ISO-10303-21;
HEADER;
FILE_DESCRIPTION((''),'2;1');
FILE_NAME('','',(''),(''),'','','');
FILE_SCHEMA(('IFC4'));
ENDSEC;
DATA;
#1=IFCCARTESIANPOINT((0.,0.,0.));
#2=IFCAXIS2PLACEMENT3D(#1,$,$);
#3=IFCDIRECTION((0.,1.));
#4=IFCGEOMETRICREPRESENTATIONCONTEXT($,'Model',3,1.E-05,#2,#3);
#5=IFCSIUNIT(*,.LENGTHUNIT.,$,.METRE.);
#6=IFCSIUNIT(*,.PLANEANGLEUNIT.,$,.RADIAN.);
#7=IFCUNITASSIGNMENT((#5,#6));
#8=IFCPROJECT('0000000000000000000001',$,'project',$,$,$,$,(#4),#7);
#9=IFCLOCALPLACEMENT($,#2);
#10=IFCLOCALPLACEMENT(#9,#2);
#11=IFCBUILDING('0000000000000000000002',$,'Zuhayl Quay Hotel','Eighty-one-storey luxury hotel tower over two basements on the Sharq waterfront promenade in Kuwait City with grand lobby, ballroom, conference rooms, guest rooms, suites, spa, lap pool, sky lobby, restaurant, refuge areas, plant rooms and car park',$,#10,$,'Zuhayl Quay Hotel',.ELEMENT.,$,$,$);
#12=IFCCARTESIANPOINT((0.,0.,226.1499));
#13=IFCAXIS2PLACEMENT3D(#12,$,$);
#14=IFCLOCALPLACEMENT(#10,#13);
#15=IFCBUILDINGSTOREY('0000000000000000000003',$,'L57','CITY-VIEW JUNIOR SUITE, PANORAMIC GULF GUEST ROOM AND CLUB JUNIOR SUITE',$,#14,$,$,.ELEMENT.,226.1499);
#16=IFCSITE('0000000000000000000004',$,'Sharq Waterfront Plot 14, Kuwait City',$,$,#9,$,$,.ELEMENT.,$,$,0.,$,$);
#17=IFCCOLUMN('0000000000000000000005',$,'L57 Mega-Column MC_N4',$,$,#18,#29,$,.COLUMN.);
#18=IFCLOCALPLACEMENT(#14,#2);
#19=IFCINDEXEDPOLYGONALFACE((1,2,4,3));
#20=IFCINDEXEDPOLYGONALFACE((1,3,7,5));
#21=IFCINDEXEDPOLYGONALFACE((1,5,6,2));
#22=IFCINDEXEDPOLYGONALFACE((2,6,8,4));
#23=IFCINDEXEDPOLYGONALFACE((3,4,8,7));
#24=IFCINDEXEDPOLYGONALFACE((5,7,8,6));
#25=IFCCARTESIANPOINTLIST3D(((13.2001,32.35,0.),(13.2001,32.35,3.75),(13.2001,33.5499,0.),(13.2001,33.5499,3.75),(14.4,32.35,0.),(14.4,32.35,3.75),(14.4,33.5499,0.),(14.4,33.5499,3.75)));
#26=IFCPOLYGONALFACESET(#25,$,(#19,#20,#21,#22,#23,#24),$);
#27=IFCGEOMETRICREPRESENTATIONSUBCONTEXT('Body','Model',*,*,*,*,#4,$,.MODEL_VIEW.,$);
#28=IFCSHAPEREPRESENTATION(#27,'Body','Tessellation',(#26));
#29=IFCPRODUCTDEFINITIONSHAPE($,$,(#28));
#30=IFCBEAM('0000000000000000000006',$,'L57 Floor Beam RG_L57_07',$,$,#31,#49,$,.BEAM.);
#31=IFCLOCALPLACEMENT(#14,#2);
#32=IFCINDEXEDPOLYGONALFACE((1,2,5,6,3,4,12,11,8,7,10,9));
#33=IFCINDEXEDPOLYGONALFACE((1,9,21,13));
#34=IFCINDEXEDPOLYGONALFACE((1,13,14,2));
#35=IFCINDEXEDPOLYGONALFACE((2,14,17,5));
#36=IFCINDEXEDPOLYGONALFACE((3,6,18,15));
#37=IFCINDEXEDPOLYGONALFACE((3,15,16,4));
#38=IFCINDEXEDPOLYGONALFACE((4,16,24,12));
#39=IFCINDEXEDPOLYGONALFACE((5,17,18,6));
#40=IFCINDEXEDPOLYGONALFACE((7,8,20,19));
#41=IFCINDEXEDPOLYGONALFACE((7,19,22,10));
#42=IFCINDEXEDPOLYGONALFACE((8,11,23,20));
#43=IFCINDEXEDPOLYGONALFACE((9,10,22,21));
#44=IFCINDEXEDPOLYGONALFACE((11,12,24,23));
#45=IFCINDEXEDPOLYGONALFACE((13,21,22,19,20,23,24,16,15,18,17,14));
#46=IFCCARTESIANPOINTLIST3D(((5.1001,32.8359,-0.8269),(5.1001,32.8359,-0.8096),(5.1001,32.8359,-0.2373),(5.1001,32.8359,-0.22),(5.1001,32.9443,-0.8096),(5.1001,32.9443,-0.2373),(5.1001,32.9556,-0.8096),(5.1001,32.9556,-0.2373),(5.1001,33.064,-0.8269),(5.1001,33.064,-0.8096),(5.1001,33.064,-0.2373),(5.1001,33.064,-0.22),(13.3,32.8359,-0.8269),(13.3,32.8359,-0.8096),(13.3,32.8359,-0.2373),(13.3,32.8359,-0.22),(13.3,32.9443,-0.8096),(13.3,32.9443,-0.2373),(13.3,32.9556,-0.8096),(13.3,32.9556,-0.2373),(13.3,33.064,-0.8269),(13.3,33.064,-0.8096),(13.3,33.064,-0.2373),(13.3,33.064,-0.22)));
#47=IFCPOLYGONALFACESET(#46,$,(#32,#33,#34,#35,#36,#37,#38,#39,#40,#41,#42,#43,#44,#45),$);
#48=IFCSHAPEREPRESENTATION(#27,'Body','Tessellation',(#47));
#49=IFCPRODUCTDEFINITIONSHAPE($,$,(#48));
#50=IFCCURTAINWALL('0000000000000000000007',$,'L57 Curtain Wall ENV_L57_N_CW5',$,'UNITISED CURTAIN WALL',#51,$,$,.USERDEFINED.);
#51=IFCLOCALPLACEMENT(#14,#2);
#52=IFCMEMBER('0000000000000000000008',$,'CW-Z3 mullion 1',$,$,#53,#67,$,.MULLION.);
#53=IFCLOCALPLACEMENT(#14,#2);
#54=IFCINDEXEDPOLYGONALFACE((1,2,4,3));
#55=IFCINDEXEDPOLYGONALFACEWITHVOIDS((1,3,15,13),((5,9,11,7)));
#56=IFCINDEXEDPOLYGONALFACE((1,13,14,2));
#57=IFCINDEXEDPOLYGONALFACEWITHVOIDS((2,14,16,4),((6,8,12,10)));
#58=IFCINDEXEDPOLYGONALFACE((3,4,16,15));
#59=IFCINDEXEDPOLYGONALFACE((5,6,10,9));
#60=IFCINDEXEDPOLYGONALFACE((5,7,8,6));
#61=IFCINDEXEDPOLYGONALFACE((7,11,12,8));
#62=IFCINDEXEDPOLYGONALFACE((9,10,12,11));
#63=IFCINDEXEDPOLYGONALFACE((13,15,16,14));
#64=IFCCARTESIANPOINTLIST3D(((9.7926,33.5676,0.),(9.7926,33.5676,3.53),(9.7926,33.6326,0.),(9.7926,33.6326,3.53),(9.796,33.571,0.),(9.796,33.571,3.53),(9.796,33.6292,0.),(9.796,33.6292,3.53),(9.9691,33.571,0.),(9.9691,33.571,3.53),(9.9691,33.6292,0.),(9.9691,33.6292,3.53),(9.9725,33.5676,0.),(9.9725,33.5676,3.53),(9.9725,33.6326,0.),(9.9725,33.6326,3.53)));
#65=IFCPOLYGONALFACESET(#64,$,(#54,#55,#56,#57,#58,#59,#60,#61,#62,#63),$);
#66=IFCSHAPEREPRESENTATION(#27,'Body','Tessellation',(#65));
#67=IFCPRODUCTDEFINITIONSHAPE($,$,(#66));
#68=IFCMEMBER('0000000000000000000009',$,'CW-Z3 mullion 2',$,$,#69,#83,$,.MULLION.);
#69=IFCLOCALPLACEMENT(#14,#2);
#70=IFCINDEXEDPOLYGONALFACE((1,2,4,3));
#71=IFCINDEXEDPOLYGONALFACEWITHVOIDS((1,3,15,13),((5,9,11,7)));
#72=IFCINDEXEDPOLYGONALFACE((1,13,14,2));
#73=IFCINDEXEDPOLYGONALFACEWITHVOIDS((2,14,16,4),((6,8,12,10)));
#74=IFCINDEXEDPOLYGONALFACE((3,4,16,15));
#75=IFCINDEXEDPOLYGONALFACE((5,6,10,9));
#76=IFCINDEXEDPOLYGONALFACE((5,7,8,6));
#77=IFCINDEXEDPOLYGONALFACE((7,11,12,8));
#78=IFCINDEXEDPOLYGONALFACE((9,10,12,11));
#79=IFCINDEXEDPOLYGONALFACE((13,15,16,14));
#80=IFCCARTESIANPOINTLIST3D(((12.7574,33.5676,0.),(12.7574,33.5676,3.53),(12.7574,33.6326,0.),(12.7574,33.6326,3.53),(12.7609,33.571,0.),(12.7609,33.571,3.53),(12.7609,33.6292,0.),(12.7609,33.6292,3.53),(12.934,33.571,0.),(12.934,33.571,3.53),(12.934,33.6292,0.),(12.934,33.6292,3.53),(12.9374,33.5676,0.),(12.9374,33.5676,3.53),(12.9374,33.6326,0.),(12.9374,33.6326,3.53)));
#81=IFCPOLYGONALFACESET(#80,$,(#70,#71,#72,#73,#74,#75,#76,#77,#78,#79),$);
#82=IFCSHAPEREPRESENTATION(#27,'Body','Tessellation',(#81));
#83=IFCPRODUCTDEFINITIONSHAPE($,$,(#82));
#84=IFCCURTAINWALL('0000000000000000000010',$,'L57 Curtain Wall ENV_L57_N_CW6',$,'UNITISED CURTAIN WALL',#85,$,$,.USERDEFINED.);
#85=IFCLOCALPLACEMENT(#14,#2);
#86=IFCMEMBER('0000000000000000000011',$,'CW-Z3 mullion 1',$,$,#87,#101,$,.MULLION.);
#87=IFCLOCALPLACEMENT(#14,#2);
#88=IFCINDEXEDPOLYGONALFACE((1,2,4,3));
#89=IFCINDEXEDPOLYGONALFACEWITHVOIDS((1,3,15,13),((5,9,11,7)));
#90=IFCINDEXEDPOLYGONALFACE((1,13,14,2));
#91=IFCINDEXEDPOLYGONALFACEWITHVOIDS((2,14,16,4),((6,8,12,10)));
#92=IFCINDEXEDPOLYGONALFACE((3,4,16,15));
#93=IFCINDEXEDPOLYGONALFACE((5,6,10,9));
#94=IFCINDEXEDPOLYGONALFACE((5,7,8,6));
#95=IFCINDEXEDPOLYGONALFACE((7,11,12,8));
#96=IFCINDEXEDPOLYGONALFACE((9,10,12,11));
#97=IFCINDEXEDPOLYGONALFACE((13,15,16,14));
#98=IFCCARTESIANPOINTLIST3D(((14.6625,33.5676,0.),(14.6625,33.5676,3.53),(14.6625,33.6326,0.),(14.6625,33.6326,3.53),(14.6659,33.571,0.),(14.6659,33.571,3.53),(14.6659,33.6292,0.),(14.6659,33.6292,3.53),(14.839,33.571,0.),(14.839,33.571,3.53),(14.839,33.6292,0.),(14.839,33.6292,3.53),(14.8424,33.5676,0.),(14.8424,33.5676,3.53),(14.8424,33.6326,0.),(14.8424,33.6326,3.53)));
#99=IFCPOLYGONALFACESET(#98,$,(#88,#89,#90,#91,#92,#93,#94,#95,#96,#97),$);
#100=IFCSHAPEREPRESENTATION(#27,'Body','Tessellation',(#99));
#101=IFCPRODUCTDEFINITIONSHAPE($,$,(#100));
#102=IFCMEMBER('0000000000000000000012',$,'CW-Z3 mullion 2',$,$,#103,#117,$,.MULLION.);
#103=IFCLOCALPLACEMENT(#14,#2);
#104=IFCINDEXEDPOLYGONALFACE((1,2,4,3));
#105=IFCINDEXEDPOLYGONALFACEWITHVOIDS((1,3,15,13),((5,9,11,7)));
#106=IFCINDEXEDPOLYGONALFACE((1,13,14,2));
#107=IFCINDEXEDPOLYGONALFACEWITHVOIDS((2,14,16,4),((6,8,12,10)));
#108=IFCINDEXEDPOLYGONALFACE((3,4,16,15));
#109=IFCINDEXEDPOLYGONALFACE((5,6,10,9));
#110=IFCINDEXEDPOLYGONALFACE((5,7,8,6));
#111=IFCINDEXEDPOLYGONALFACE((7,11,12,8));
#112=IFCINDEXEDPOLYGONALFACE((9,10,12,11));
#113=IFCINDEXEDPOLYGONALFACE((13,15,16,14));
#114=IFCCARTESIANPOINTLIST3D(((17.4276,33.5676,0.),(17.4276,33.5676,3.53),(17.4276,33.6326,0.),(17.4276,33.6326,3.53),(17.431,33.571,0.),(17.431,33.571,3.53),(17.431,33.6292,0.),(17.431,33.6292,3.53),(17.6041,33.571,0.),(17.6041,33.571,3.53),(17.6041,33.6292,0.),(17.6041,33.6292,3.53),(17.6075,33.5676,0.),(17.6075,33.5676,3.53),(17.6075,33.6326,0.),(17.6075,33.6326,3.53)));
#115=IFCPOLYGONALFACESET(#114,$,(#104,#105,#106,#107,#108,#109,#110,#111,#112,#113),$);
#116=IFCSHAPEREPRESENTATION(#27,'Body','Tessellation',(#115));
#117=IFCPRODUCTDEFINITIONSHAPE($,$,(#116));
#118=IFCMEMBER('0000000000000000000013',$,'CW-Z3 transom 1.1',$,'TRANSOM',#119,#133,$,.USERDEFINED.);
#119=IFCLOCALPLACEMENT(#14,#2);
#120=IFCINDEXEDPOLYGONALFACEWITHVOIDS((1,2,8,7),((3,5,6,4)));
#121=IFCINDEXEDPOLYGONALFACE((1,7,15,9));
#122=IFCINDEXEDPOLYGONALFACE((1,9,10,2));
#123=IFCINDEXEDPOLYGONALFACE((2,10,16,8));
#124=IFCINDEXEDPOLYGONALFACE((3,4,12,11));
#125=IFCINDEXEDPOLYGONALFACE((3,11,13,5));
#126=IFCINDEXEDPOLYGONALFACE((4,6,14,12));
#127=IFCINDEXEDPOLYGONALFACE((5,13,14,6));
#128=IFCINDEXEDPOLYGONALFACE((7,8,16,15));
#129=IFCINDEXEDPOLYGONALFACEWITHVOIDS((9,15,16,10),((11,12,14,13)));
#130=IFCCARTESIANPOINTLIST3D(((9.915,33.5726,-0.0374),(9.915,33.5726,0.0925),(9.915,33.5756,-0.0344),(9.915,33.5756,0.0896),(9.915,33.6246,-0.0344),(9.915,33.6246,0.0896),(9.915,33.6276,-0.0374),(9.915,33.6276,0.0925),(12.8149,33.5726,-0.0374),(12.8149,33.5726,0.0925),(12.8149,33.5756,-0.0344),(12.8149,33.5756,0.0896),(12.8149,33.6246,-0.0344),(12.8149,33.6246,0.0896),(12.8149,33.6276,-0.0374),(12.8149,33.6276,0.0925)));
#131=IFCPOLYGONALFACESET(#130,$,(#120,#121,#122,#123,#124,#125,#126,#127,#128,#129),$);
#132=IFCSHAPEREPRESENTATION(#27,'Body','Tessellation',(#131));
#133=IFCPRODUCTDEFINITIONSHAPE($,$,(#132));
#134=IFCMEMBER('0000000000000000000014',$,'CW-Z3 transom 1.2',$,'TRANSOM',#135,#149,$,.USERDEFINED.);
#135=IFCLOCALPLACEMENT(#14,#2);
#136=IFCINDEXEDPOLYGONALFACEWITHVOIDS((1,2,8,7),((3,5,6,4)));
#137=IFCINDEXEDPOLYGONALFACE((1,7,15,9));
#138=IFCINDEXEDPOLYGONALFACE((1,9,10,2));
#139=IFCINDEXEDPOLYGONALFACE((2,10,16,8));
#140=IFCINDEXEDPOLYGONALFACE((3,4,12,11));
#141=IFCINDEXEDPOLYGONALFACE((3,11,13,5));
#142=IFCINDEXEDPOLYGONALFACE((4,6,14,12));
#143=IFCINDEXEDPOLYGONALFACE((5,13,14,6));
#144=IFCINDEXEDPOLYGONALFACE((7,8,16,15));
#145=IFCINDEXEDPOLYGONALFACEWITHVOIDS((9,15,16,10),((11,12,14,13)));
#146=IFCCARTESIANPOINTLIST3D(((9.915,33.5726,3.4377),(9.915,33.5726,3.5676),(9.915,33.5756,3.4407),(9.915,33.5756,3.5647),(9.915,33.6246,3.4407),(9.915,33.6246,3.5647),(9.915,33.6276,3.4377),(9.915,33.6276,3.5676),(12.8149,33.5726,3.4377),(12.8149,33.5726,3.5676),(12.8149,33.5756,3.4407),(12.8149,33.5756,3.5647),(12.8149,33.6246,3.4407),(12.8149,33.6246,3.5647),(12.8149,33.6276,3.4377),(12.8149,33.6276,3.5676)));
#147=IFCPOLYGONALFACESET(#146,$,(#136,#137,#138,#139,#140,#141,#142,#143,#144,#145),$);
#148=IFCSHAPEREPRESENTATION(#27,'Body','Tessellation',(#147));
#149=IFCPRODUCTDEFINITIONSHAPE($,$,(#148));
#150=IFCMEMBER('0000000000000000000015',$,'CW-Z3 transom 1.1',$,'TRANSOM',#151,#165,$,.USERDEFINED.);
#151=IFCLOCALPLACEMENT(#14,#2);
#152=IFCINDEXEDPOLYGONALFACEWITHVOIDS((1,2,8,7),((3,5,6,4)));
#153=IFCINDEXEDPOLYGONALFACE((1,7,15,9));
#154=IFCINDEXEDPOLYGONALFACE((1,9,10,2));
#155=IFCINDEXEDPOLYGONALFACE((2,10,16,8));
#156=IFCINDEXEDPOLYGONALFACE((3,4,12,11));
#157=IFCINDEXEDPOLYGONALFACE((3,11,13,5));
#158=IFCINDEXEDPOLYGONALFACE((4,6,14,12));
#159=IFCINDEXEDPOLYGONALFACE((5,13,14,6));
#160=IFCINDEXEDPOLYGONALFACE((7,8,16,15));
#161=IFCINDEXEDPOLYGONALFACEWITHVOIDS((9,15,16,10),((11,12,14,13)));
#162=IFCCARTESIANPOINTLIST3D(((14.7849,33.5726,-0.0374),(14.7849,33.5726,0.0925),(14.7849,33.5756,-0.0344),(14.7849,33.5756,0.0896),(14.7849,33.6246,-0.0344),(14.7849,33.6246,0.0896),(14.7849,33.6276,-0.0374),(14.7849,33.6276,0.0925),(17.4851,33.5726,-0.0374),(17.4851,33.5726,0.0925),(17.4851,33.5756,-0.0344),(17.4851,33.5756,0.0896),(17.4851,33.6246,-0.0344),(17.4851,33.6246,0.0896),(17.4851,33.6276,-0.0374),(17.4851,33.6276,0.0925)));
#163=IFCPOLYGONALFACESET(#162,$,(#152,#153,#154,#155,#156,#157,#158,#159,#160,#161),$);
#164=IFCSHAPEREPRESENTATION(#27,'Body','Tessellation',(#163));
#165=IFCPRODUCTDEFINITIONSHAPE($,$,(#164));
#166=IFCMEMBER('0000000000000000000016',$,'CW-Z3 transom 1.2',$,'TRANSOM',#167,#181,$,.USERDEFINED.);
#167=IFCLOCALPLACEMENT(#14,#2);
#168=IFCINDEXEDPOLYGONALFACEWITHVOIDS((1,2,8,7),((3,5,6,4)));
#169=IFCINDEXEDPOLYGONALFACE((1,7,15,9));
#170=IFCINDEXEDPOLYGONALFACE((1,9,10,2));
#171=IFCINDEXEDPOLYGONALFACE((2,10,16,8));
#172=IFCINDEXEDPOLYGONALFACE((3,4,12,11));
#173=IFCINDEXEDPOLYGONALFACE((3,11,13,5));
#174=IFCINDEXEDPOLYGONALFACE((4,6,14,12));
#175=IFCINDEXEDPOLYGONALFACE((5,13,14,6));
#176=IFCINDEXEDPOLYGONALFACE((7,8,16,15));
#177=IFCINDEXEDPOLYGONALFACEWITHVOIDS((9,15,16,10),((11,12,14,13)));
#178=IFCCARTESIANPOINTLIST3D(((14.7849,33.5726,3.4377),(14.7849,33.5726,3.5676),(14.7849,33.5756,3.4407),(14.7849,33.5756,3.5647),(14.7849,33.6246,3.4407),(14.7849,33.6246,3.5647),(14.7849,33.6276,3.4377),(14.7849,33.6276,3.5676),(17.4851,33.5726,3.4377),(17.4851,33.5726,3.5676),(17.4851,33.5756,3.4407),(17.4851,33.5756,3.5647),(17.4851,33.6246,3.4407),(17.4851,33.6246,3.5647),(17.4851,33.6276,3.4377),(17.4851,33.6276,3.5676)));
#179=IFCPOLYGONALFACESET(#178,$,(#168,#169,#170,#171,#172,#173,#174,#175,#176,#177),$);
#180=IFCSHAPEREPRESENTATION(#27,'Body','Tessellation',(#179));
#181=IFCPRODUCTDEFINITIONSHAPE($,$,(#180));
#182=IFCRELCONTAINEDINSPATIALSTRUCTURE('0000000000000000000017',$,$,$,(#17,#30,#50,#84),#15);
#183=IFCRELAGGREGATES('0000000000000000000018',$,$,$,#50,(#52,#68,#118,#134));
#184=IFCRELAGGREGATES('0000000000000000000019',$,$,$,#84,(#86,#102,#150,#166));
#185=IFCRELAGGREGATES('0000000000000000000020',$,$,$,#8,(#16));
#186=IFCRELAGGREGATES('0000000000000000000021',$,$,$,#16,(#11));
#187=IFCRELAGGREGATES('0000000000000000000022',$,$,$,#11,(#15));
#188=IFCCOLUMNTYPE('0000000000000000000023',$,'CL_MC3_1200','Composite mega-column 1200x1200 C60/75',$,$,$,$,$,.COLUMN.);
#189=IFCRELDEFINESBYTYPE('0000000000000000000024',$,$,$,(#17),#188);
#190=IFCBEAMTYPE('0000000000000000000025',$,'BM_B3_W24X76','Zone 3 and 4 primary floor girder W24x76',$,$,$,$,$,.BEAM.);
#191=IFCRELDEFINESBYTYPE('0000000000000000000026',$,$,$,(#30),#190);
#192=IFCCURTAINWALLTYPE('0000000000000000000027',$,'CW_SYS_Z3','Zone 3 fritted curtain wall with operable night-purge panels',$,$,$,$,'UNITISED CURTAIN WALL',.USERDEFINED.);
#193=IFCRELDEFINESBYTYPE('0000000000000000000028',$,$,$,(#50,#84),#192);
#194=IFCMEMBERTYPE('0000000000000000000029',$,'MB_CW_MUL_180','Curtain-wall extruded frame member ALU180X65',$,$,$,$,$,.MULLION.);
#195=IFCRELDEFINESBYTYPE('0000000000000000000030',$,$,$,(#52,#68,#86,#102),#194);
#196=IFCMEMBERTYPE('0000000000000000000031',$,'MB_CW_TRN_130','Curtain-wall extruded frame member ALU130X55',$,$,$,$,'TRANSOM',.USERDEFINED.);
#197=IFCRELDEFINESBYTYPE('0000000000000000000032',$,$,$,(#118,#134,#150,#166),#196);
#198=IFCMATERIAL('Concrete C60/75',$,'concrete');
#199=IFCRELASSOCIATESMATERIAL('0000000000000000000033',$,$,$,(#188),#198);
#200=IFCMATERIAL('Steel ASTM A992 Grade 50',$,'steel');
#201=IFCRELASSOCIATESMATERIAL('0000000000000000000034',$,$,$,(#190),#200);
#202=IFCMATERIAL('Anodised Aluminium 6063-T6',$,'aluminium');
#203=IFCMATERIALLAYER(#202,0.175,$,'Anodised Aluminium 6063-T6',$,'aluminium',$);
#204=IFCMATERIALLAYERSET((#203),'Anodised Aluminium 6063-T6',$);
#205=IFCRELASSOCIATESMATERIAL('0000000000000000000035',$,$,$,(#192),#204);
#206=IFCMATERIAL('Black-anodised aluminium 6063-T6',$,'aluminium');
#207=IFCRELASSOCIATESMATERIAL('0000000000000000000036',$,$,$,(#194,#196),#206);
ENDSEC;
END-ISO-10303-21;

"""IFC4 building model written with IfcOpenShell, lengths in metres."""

from ifc_helpers import new_model, si_unit, direction, frame, origin, origin_2d, place, context, subcontext, project, spatial, rectangle, hollow_rectangle, i_section, extrude, material, layer, layer_set, material_profile, profile_set, type_object, element, aggregate, save


model = new_model("IFC4")

# Units and contexts
model_context = context("Model", 3, precision=1e-05, world=origin(), true_north=direction((0.0, 1.0)))
body_context = subcontext(model_context, "Body", "Model", "MODEL_VIEW")
ifc_project = project(units=[si_unit("LENGTHUNIT", "METRE"), si_unit("PLANEANGLEUNIT", "RADIAN")], contexts=[model_context])

# Site, building, storey
site_placement = place(None, origin())
site = spatial("IfcSite", under=ifc_project, at=site_placement, Name="Sharq Waterfront Plot 14, Kuwait City", CompositionType="ELEMENT", RefElevation=0.0)
building_placement = place(site_placement, origin())
building = spatial("IfcBuilding", under=site, at=building_placement, Name="Zuhayl Quay Hotel", Description="Eighty-one-storey luxury hotel tower over two basements on the Sharq waterfront promenade in Kuwait City with grand lobby, ballroom, conference rooms, guest rooms, suites, spa, lap pool, sky lobby, restaurant, refuge areas, plant rooms and car park", LongName="Zuhayl Quay Hotel", CompositionType="ELEMENT")
storey_placement = place(building_placement, frame((0.0, 0.0, 226.1499)))
storey = spatial("IfcBuildingStorey", under=building, at=storey_placement, Name="L57", Description="CITY-VIEW JUNIOR SUITE, PANORAMIC GULF GUEST ROOM AND CLUB JUNIOR SUITE", CompositionType="ELEMENT", Elevation=226.1499)

# Column
ifc_material_1 = material(Name="Concrete C60/75", Category="concrete")
ifc_material_profile_1 = material_profile(ifc_material_1, rectangle(XDim=1.2, YDim=1.2, at=origin_2d()), Name="RC1200X1200")
ifc_profile_set_1 = profile_set([ifc_material_profile_1], Name="Concrete C60/75")
column_type = type_object("IfcColumnType", Name="CL_MC3_1200", Description="Composite mega-column 1200x1200 C60/75", PredefinedType="COLUMN", material=ifc_profile_set_1)
column_placement = place(storey_placement, frame((13.8, 32.95, 0.0), z_axis=(0.0, 0.0, 1.0), x_axis=(1.0, 0.0, 0.0)))
element("IfcColumn", 1, at=column_placement, inside=storey, type_object=column_type, Name="L57 Mega-Column MC_N4", PredefinedType="COLUMN", context=body_context, shape_type="SweptSolid", body=[
    extrude(rectangle(XDim=1.2, YDim=1.2, at=origin_2d()), origin(), (0.0, 0.0, 1.0), 3.75),
])

# Beam
ifc_material_2 = material(Name="Steel ASTM A992 Grade 50", Category="steel")
ifc_material_profile_2 = material_profile(ifc_material_2, i_section(OverallWidth=0.228, OverallDepth=0.6069, WebThickness=0.0112, FlangeThickness=0.0173, at=origin_2d()), Name="W24X76")
ifc_profile_set_2 = profile_set([ifc_material_profile_2], Name="Steel ASTM A992 Grade 50")
beam_type = type_object("IfcBeamType", Name="BM_B3_W24X76", Description="Zone 3 and 4 primary floor girder W24x76", PredefinedType="BEAM", material=ifc_profile_set_2)
beam_placement = place(storey_placement, frame((13.3, 32.95, -0.5234), z_axis=(-1.0, 0.0, 0.0), x_axis=(0.0, -1.0, 0.0)))
element("IfcBeam", 2, at=beam_placement, inside=storey, type_object=beam_type, Name="L57 Floor Beam RG_L57_07", PredefinedType="BEAM", context=body_context, shape_type="SweptSolid", body=[
    extrude(i_section(OverallWidth=0.228, OverallDepth=0.6069, WebThickness=0.0112, FlangeThickness=0.0173, at=origin_2d()), origin(), (0.0, 0.0, 1.0), 8.2),
])

# Curtain walls, members
ifc_material_3 = material(Name="Anodised Aluminium 6063-T6", Category="aluminium")
ifc_layer_1 = layer(ifc_material_3, 0.175, Name="Anodised Aluminium 6063-T6", Category="aluminium")
ifc_layer_set_1 = layer_set([ifc_layer_1], Name="Anodised Aluminium 6063-T6")
curtain_wall_type = type_object("IfcCurtainWallType", Name="CW_SYS_Z3", Description="Zone 3 fritted curtain wall with operable night-purge panels", ElementType="UNITISED CURTAIN WALL", PredefinedType="USERDEFINED", material=ifc_layer_set_1)
curtain_wall_1_placement = place(storey_placement, origin())
curtain_wall_1 = element("IfcCurtainWall", 3, at=curtain_wall_1_placement, inside=storey, type_object=curtain_wall_type, Name="L57 Curtain Wall ENV_L57_N_CW5", ObjectType="UNITISED CURTAIN WALL", PredefinedType="USERDEFINED")
ifc_material_4 = material(Name="Black-anodised aluminium 6063-T6", Category="aluminium")
ifc_material_profile_3 = material_profile(ifc_material_4, hollow_rectangle(XDim=0.0649, YDim=0.1799, WallThickness=0.0034, at=origin_2d()), Name="ALU180X65")
ifc_profile_set_3 = profile_set([ifc_material_profile_3], Name="Black-anodised aluminium 6063-T6")
member_type_1 = type_object("IfcMemberType", Name="MB_CW_MUL_180", Description="Curtain-wall extruded frame member ALU180X65", PredefinedType="MULLION", material=ifc_profile_set_3)
member_1_placement = place(storey_placement, frame((9.8826, 33.6001, 0.0), z_axis=(0.0, 0.0, 1.0), x_axis=(0.0, 1.0, 0.0)))
member_1 = element("IfcMember", 4, at=member_1_placement, type_object=member_type_1, Name="CW-Z3 mullion 1", PredefinedType="MULLION", context=body_context, shape_type="SweptSolid", body=[
    extrude(hollow_rectangle(XDim=0.0649, YDim=0.1799, WallThickness=0.0034, at=origin_2d()), origin(), (0.0, 0.0, 1.0), 3.53),
])
member_2_placement = place(storey_placement, frame((12.8474, 33.6001, 0.0), z_axis=(0.0, 0.0, 1.0), x_axis=(0.0, 1.0, 0.0)))
member_2 = element("IfcMember", 5, at=member_2_placement, type_object=member_type_1, Name="CW-Z3 mullion 2", PredefinedType="MULLION", context=body_context, shape_type="SweptSolid", body=[
    extrude(hollow_rectangle(XDim=0.0649, YDim=0.1799, WallThickness=0.0034, at=origin_2d()), origin(), (0.0, 0.0, 1.0), 3.53),
])
curtain_wall_2_placement = place(storey_placement, origin())
curtain_wall_2 = element("IfcCurtainWall", 6, at=curtain_wall_2_placement, inside=storey, type_object=curtain_wall_type, Name="L57 Curtain Wall ENV_L57_N_CW6", ObjectType="UNITISED CURTAIN WALL", PredefinedType="USERDEFINED")
member_3_placement = place(storey_placement, frame((14.7524, 33.6001, 0.0), z_axis=(0.0, 0.0, 1.0), x_axis=(0.0, 1.0, 0.0)))
member_3 = element("IfcMember", 7, at=member_3_placement, type_object=member_type_1, Name="CW-Z3 mullion 1", PredefinedType="MULLION", context=body_context, shape_type="SweptSolid", body=[
    extrude(hollow_rectangle(XDim=0.0649, YDim=0.1799, WallThickness=0.0034, at=origin_2d()), origin(), (0.0, 0.0, 1.0), 3.53),
])
member_4_placement = place(storey_placement, frame((17.5176, 33.6001, 0.0), z_axis=(0.0, 0.0, 1.0), x_axis=(0.0, 1.0, 0.0)))
member_4 = element("IfcMember", 8, at=member_4_placement, type_object=member_type_1, Name="CW-Z3 mullion 2", PredefinedType="MULLION", context=body_context, shape_type="SweptSolid", body=[
    extrude(hollow_rectangle(XDim=0.0649, YDim=0.1799, WallThickness=0.0034, at=origin_2d()), origin(), (0.0, 0.0, 1.0), 3.53),
])

# Members
ifc_material_profile_4 = material_profile(ifc_material_4, hollow_rectangle(XDim=0.0549, YDim=0.1299, WallThickness=0.0029, at=origin_2d()), Name="ALU130X55")
ifc_profile_set_4 = profile_set([ifc_material_profile_4], Name="Black-anodised aluminium 6063-T6")
member_type_2 = type_object("IfcMemberType", Name="MB_CW_TRN_130", Description="Curtain-wall extruded frame member ALU130X55", ElementType="TRANSOM", PredefinedType="USERDEFINED", material=ifc_profile_set_4)
member_5_placement = place(storey_placement, frame((9.915, 33.6001, 0.0276), z_axis=(1.0, 0.0, 0.0), x_axis=(0.0, 1.0, 0.0)))
member_5 = element("IfcMember", 9, at=member_5_placement, type_object=member_type_2, Name="CW-Z3 transom 1.1", ObjectType="TRANSOM", PredefinedType="USERDEFINED", context=body_context, shape_type="SweptSolid", body=[
    extrude(hollow_rectangle(XDim=0.0549, YDim=0.1299, WallThickness=0.0029, at=origin_2d()), origin(), (0.0, 0.0, 1.0), 2.8999),
])
member_6_placement = place(storey_placement, frame((9.915, 33.6001, 3.5027), z_axis=(1.0, 0.0, 0.0), x_axis=(0.0, 1.0, 0.0)))
member_6 = element("IfcMember", 10, at=member_6_placement, type_object=member_type_2, Name="CW-Z3 transom 1.2", ObjectType="TRANSOM", PredefinedType="USERDEFINED", context=body_context, shape_type="SweptSolid", body=[
    extrude(hollow_rectangle(XDim=0.0549, YDim=0.1299, WallThickness=0.0029, at=origin_2d()), origin(), (0.0, 0.0, 1.0), 2.8999),
])
member_7_placement = place(storey_placement, frame((14.7849, 33.6001, 0.0276), z_axis=(1.0, 0.0, 0.0), x_axis=(0.0, 1.0, 0.0)))
member_7 = element("IfcMember", 11, at=member_7_placement, type_object=member_type_2, Name="CW-Z3 transom 1.1", ObjectType="TRANSOM", PredefinedType="USERDEFINED", context=body_context, shape_type="SweptSolid", body=[
    extrude(hollow_rectangle(XDim=0.0549, YDim=0.1299, WallThickness=0.0029, at=origin_2d()), origin(), (0.0, 0.0, 1.0), 2.7002),
])
member_8_placement = place(storey_placement, frame((14.7849, 33.6001, 3.5027), z_axis=(1.0, 0.0, 0.0), x_axis=(0.0, 1.0, 0.0)))
member_8 = element("IfcMember", 12, at=member_8_placement, type_object=member_type_2, Name="CW-Z3 transom 1.2", ObjectType="TRANSOM", PredefinedType="USERDEFINED", context=body_context, shape_type="SweptSolid", body=[
    extrude(hollow_rectangle(XDim=0.0549, YDim=0.1299, WallThickness=0.0029, at=origin_2d()), origin(), (0.0, 0.0, 1.0), 2.7002),
])

aggregate(curtain_wall_1, [member_1, member_2, member_5, member_6])
aggregate(curtain_wall_2, [member_3, member_4, member_7, member_8])

save(model, "model.ifc")
